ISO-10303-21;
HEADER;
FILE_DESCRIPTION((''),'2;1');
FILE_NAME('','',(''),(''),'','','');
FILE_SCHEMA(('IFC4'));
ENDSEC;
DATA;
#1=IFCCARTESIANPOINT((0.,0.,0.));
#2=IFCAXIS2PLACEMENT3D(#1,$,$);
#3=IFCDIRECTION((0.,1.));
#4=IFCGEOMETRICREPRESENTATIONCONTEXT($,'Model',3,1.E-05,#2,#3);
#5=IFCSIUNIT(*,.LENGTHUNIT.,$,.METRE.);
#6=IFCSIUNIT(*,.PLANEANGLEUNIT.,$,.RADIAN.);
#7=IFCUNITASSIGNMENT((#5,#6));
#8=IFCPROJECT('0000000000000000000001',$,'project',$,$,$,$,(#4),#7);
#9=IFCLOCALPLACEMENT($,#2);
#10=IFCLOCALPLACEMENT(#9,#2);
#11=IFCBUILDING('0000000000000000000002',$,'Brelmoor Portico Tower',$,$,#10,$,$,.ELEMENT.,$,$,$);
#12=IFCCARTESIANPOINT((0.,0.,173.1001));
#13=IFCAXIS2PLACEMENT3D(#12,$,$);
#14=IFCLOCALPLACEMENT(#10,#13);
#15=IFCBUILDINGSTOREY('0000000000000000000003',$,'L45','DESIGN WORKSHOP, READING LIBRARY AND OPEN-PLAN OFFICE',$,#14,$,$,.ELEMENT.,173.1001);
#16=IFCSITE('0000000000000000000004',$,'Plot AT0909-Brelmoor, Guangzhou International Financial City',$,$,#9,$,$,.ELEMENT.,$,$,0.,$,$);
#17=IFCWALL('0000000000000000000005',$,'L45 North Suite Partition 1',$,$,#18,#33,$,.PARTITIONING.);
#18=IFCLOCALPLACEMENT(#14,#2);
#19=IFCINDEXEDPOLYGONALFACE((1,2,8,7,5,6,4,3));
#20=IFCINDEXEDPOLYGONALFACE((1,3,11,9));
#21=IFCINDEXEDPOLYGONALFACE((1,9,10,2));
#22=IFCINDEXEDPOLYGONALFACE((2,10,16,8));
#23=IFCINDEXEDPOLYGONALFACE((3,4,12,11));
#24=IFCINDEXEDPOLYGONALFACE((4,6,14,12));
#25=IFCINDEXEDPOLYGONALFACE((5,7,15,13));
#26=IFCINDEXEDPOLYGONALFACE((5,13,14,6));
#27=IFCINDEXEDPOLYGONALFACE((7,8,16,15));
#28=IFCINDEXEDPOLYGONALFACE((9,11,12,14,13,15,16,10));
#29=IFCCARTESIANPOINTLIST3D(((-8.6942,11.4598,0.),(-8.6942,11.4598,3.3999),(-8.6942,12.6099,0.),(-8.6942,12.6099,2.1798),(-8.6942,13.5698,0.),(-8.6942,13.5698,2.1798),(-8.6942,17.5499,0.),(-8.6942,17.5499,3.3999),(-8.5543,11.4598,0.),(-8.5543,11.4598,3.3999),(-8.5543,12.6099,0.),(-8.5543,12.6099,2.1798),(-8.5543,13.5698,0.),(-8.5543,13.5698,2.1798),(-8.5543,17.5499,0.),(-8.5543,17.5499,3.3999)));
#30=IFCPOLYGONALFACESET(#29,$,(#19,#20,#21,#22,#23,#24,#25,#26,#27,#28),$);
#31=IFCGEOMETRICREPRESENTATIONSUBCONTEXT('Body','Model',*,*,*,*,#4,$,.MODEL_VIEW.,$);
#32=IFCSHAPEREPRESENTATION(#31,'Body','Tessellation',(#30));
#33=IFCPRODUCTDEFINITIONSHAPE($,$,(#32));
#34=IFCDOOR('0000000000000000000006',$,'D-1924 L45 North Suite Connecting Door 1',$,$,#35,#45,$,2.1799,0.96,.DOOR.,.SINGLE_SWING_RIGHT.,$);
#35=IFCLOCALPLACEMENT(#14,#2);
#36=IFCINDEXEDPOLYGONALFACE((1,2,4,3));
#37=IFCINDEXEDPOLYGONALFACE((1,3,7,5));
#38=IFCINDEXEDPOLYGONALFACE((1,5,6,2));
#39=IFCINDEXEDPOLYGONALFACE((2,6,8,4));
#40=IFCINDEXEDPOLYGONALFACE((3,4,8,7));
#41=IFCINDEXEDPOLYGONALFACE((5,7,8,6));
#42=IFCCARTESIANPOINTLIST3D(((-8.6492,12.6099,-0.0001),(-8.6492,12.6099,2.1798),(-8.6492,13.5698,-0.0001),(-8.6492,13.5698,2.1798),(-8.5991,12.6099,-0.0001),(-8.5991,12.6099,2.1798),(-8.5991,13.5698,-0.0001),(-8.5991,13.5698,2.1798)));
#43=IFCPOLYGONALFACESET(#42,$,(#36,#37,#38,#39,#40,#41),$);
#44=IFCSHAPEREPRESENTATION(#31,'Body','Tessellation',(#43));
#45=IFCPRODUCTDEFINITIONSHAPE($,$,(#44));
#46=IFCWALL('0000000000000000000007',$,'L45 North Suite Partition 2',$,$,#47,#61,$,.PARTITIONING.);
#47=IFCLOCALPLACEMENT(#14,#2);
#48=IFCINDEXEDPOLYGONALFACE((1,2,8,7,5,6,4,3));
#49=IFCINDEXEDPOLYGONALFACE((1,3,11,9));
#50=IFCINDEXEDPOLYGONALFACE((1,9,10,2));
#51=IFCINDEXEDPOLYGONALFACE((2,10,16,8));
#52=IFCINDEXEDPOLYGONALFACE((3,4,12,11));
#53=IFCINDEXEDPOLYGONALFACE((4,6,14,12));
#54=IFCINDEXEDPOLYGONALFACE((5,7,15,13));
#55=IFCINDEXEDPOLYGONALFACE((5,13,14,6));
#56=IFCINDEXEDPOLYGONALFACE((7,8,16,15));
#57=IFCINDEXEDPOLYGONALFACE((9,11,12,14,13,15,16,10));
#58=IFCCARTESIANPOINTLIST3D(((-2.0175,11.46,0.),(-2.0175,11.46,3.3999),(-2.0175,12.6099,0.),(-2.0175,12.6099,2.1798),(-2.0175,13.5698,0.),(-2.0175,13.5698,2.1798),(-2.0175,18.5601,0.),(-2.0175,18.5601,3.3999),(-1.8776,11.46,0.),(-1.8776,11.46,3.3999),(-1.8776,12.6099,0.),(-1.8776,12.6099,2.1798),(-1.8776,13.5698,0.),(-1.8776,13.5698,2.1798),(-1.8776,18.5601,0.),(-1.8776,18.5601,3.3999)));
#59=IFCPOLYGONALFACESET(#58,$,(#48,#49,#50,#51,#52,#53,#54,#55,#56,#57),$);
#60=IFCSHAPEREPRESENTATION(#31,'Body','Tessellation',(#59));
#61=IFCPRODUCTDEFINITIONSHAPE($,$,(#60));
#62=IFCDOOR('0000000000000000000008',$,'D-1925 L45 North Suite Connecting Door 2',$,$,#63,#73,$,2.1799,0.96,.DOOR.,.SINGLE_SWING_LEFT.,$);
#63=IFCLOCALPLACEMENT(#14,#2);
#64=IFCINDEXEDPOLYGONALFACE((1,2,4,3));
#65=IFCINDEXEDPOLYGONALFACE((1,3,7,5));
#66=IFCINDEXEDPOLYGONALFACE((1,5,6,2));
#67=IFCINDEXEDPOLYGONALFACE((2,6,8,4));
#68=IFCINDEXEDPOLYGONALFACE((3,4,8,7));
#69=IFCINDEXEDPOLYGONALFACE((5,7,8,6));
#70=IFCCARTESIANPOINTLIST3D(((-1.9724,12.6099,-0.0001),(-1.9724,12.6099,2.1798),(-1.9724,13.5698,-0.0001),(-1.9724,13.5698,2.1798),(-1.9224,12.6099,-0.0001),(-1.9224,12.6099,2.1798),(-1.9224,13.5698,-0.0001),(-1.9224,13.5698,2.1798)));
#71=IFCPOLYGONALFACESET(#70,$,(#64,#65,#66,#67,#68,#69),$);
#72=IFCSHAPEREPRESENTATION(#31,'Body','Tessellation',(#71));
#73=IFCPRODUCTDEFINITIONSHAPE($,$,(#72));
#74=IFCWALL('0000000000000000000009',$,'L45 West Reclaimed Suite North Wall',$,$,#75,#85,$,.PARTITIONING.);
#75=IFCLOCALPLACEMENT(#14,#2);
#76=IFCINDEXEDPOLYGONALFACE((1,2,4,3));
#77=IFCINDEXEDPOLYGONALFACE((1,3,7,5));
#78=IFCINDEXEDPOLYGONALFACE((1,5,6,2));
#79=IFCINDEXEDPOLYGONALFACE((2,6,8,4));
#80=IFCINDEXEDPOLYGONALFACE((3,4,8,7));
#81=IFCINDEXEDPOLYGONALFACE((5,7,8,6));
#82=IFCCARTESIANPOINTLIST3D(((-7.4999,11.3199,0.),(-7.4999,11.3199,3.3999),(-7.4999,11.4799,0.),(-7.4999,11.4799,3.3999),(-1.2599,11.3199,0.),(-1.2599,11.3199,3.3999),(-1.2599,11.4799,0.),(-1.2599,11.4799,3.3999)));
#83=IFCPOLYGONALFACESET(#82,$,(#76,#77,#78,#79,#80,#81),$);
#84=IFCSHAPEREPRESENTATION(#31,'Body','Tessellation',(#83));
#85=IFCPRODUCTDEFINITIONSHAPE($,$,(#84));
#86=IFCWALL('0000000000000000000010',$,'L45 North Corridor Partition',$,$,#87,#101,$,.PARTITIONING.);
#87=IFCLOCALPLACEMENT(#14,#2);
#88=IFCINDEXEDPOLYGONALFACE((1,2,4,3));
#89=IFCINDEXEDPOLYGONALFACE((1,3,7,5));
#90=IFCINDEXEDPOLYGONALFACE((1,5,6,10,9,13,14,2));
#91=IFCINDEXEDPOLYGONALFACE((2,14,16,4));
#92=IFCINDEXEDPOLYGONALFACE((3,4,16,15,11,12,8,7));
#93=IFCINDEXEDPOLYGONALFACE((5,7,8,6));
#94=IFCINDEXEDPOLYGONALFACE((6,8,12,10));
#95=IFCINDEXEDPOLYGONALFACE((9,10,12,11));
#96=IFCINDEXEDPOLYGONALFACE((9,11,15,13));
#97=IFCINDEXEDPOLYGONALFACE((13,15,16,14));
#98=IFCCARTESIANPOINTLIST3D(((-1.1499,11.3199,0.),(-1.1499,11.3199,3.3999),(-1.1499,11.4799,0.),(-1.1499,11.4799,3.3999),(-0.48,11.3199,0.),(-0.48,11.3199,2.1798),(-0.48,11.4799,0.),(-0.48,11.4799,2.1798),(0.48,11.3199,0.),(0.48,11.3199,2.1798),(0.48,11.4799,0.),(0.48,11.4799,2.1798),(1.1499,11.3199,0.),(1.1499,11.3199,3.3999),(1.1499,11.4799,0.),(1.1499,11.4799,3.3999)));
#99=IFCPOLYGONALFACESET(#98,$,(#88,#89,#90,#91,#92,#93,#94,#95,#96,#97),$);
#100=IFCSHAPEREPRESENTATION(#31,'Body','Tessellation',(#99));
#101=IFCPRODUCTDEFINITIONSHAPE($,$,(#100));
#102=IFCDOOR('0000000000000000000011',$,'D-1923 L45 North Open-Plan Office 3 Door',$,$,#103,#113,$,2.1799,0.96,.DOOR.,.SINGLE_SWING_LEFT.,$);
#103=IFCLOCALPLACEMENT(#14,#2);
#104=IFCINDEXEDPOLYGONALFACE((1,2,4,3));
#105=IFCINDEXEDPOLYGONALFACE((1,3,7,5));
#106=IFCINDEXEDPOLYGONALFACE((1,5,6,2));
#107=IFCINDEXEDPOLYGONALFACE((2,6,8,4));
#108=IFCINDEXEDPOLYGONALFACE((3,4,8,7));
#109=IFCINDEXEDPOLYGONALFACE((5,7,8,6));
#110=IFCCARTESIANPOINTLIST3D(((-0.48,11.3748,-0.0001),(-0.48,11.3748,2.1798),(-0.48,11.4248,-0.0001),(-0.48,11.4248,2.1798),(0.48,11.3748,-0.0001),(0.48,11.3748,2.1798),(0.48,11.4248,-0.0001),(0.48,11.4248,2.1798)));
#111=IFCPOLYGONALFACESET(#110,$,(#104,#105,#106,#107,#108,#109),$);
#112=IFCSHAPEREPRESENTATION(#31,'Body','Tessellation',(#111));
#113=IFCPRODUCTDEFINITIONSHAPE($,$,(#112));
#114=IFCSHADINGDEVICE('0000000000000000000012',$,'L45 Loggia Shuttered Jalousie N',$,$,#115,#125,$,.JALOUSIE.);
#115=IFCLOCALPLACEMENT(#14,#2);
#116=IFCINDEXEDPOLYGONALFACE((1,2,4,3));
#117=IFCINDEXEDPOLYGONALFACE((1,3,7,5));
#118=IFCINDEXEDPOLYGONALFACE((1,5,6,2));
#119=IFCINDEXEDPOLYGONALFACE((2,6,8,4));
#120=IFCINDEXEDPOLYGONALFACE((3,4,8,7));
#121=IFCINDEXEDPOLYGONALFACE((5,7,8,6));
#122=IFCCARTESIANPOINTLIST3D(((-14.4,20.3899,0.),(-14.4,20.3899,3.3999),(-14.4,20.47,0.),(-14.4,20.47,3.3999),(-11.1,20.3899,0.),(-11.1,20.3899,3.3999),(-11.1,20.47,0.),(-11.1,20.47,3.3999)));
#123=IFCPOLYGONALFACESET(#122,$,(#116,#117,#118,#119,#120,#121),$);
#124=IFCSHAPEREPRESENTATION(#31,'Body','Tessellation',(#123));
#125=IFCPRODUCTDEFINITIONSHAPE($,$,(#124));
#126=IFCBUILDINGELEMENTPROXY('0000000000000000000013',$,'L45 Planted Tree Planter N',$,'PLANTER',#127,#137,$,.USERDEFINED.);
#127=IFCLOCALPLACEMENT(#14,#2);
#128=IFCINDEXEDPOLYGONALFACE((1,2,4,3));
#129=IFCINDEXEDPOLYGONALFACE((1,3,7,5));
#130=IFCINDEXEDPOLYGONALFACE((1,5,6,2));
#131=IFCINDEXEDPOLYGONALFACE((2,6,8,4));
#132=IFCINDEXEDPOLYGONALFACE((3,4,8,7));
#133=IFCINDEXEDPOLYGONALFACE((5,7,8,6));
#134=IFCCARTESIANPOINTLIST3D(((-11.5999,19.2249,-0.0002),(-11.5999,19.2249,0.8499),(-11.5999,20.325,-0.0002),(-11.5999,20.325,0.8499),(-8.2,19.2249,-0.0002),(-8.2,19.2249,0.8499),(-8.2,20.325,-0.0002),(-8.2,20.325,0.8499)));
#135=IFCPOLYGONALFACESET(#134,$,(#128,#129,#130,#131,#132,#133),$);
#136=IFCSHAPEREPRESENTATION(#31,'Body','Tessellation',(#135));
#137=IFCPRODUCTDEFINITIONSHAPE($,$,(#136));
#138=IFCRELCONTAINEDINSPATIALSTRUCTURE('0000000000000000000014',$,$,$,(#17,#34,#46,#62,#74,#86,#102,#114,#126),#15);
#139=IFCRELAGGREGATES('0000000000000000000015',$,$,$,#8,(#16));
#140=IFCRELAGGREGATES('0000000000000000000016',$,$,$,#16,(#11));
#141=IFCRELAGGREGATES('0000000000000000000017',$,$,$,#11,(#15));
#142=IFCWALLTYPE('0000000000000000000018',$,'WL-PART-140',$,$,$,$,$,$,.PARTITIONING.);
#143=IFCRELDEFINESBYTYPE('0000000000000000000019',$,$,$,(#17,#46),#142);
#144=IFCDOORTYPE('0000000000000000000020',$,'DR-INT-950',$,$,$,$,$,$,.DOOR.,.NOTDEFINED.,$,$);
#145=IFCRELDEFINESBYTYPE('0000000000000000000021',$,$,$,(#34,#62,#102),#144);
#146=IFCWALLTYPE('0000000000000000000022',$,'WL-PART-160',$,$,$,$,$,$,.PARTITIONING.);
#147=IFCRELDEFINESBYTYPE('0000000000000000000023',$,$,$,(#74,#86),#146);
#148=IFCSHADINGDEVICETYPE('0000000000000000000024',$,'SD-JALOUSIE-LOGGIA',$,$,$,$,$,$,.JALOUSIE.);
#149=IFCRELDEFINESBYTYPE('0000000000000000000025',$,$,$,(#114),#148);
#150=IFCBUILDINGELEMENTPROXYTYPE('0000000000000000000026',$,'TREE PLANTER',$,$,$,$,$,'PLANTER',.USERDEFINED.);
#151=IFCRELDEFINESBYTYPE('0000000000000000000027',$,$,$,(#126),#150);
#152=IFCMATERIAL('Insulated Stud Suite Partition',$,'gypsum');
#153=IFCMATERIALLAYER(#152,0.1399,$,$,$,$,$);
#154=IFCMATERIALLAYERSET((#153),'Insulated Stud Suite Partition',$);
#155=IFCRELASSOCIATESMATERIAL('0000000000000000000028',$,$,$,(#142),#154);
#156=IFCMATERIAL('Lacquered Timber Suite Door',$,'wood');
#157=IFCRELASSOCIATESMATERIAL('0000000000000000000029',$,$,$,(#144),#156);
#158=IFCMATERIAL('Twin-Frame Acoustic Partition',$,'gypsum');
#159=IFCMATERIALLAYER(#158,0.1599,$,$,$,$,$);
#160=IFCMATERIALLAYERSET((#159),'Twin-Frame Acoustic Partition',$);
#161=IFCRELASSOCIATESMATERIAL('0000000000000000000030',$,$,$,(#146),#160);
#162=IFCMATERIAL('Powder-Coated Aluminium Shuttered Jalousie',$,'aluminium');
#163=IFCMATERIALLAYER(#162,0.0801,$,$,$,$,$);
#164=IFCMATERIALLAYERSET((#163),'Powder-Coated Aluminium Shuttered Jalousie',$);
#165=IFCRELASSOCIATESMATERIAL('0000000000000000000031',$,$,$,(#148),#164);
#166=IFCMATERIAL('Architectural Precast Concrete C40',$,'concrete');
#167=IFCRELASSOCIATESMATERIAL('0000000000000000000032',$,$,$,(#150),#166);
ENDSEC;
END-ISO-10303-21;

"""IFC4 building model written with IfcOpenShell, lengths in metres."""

from ifc_helpers import new_model, si_unit, direction, frame, frame_2d, origin, origin_2d, place, context, subcontext, project, spatial, rectangle, extrude, material, layer, layer_set, type_object, element, fill, save


model = new_model("IFC4")

# Units and contexts
model_context = context("Model", 3, precision=1e-05, world=origin(), true_north=direction((0.0, 1.0)))
body_context = subcontext(model_context, "Body", "Model", "MODEL_VIEW")
ifc_project = project(units=[si_unit("LENGTHUNIT", "METRE"), si_unit("PLANEANGLEUNIT", "RADIAN")], contexts=[model_context])

# Site, building, storey
site_placement = place(None, origin())
site = spatial("IfcSite", under=ifc_project, at=site_placement, Name="Plot AT0909-Brelmoor, Guangzhou International Financial City", CompositionType="ELEMENT", RefElevation=0.0)
building_placement = place(site_placement, origin())
building = spatial("IfcBuilding", under=site, at=building_placement, Name="Brelmoor Portico Tower", CompositionType="ELEMENT")
storey_placement = place(building_placement, frame((0.0, 0.0, 173.1001)))
storey = spatial("IfcBuildingStorey", under=building, at=storey_placement, Name="L45", Description="DESIGN WORKSHOP, READING LIBRARY AND OPEN-PLAN OFFICE", CompositionType="ELEMENT", Elevation=173.1001)

# Walls, openings, doors
ifc_material_1 = material(Name="Insulated Stud Suite Partition", Category="gypsum")
ifc_layer_1 = layer(ifc_material_1, 0.1399)
ifc_layer_set_1 = layer_set([ifc_layer_1], Name="Insulated Stud Suite Partition")
wall_type_1 = type_object("IfcWallType", Name="WL-PART-140", PredefinedType="PARTITIONING", material=ifc_layer_set_1)
wall_1_placement = place(storey_placement, frame((-8.6243, 11.46, 0.0), z_axis=(0.0, 0.0, 1.0), x_axis=(0.0, 1.0, 0.0)))
wall_1 = element("IfcWall", 1, at=wall_1_placement, inside=storey, type_object=wall_type_1, Name="L45 North Suite Partition 1", PredefinedType="PARTITIONING", context=body_context, shape_type="SweptSolid", body=[
    extrude(rectangle(XDim=6.0901, YDim=0.1399, at=frame_2d((3.0449, 0.0))), origin(), (0.0, 0.0, 1.0), 3.3999),
])
opening_1_placement = place(wall_1_placement, frame((1.1499, 0.0, 0.0)))
opening_1 = element("IfcOpeningElement", 2, at=opening_1_placement, cuts=wall_1, PredefinedType="OPENING", context=body_context, shape_type="SweptSolid", body=[
    extrude(rectangle(XDim=0.96, YDim=2.1799, at=frame_2d((0.48, 1.0898))), frame((0.0, 0.0798, 0.0), z_axis=(0.0, -1.0, 0.0), x_axis=(1.0, 0.0, 0.0)), (0.0, 0.0, 1.0), 0.1599),
])
ifc_material_2 = material(Name="Lacquered Timber Suite Door", Category="wood")
door_type_1 = type_object("IfcDoorType", Name="DR-INT-950", OperationType="NOTDEFINED", PredefinedType="DOOR", material=ifc_material_2)
door_1_placement = place(opening_1_placement, origin())
door_1 = element("IfcDoor", 3, at=door_1_placement, inside=storey, type_object=door_type_1, Name="D-1924 L45 North Suite Connecting Door 1", OperationType="SINGLE_SWING_RIGHT", OverallHeight=2.1799, OverallWidth=0.96, PredefinedType="DOOR", context=body_context, shape_type="SweptSolid", body=[
    extrude(rectangle(XDim=0.96, YDim=2.1799, at=frame_2d((0.48, 1.0898))), frame((0.0, 0.0249, 0.0), z_axis=(0.0, -1.0, 0.0), x_axis=(1.0, 0.0, 0.0)), (0.0, 0.0, 1.0), 0.05),
])
fill(opening_1, door_1)
wall_2_placement = place(storey_placement, frame((-1.9475, 11.46, 0.0), z_axis=(0.0, 0.0, 1.0), x_axis=(0.0, 1.0, 0.0)))
wall_2 = element("IfcWall", 4, at=wall_2_placement, inside=storey, type_object=wall_type_1, Name="L45 North Suite Partition 2", PredefinedType="PARTITIONING", context=body_context, shape_type="SweptSolid", body=[
    extrude(rectangle(XDim=7.1001, YDim=0.1399, at=frame_2d((3.55, 0.0))), origin(), (0.0, 0.0, 1.0), 3.3999),
])
opening_2_placement = place(wall_2_placement, frame((1.1499, 0.0, 0.0)))
opening_2 = element("IfcOpeningElement", 5, at=opening_2_placement, cuts=wall_2, PredefinedType="OPENING", context=body_context, shape_type="SweptSolid", body=[
    extrude(rectangle(XDim=0.96, YDim=2.1799, at=frame_2d((0.48, 1.0898))), frame((0.0, 0.0798, 0.0), z_axis=(0.0, -1.0, 0.0), x_axis=(1.0, 0.0, 0.0)), (0.0, 0.0, 1.0), 0.1599),
])
door_2_placement = place(opening_2_placement, origin())
door_2 = element("IfcDoor", 6, at=door_2_placement, inside=storey, type_object=door_type_1, Name="D-1925 L45 North Suite Connecting Door 2", OperationType="SINGLE_SWING_LEFT", OverallHeight=2.1799, OverallWidth=0.96, PredefinedType="DOOR", context=body_context, shape_type="SweptSolid", body=[
    extrude(rectangle(XDim=0.96, YDim=2.1799, at=frame_2d((0.48, 1.0898))), frame((0.0, 0.0249, 0.0), z_axis=(0.0, -1.0, 0.0), x_axis=(1.0, 0.0, 0.0)), (0.0, 0.0, 1.0), 0.05),
])
fill(opening_2, door_2)

# Wall
ifc_material_3 = material(Name="Twin-Frame Acoustic Partition", Category="gypsum")
ifc_layer_2 = layer(ifc_material_3, 0.1599)
ifc_layer_set_2 = layer_set([ifc_layer_2], Name="Twin-Frame Acoustic Partition")
wall_type_2 = type_object("IfcWallType", Name="WL-PART-160", PredefinedType="PARTITIONING", material=ifc_layer_set_2)
wall_3_placement = place(storey_placement, frame((-7.5, 11.3999, 0.0), z_axis=(0.0, 0.0, 1.0), x_axis=(1.0, 0.0, 0.0)))
element("IfcWall", 7, at=wall_3_placement, inside=storey, type_object=wall_type_2, Name="L45 West Reclaimed Suite North Wall", PredefinedType="PARTITIONING", context=body_context, shape_type="SweptSolid", body=[
    extrude(rectangle(XDim=6.24, YDim=0.1599, at=frame_2d((3.1201, 0.0))), origin(), (0.0, 0.0, 1.0), 3.3999),
])

# Wall, opening, door
wall_4_placement = place(storey_placement, frame((-1.1499, 11.3999, 0.0), z_axis=(0.0, 0.0, 1.0), x_axis=(1.0, 0.0, 0.0)))
wall_4 = element("IfcWall", 8, at=wall_4_placement, inside=storey, type_object=wall_type_2, Name="L45 North Corridor Partition", PredefinedType="PARTITIONING", context=body_context, shape_type="SweptSolid", body=[
    extrude(rectangle(XDim=2.2998, YDim=0.1599, at=frame_2d((1.1499, 0.0))), origin(), (0.0, 0.0, 1.0), 3.3999),
])
opening_3_placement = place(wall_4_placement, frame((0.6699, 0.0, 0.0)))
opening_3 = element("IfcOpeningElement", 9, at=opening_3_placement, cuts=wall_4, PredefinedType="OPENING", context=body_context, shape_type="SweptSolid", body=[
    extrude(rectangle(XDim=0.96, YDim=2.1799, at=frame_2d((0.48, 1.0898))), frame((0.0, 0.0898, 0.0), z_axis=(0.0, -1.0, 0.0), x_axis=(1.0, 0.0, 0.0)), (0.0, 0.0, 1.0), 0.1799),
])
door_3_placement = place(opening_3_placement, origin())
door_3 = element("IfcDoor", 10, at=door_3_placement, inside=storey, type_object=door_type_1, Name="D-1923 L45 North Open-Plan Office 3 Door", OperationType="SINGLE_SWING_LEFT", OverallHeight=2.1799, OverallWidth=0.96, PredefinedType="DOOR", context=body_context, shape_type="SweptSolid", body=[
    extrude(rectangle(XDim=0.96, YDim=2.1799, at=frame_2d((0.48, 1.0898))), frame((0.0, 0.0249, 0.0), z_axis=(0.0, -1.0, 0.0), x_axis=(1.0, 0.0, 0.0)), (0.0, 0.0, 1.0), 0.05),
])
fill(opening_3, door_3)

# Shading device
ifc_material_4 = material(Name="Powder-Coated Aluminium Shuttered Jalousie", Category="aluminium")
ifc_layer_3 = layer(ifc_material_4, 0.0801)
ifc_layer_set_3 = layer_set([ifc_layer_3], Name="Powder-Coated Aluminium Shuttered Jalousie")
shading_device_type = type_object("IfcShadingDeviceType", Name="SD-JALOUSIE-LOGGIA", PredefinedType="JALOUSIE", material=ifc_layer_set_3)
shading_device_placement = place(storey_placement, frame((-12.75, 20.4299, 0.0), z_axis=(0.0, 0.0, 1.0), x_axis=(1.0, 0.0, 0.0)))
element("IfcShadingDevice", 11, at=shading_device_placement, inside=storey, type_object=shading_device_type, Name="L45 Loggia Shuttered Jalousie N", PredefinedType="JALOUSIE", context=body_context, shape_type="SweptSolid", body=[
    extrude(rectangle(XDim=3.3, YDim=0.0801, at=origin_2d()), origin(), (0.0, 0.0, 1.0), 3.3999),
])

# Building element proxy
ifc_material_5 = material(Name="Architectural Precast Concrete C40", Category="concrete")
building_element_proxy_type = type_object("IfcBuildingElementProxyType", Name="TREE PLANTER", ElementType="PLANTER", PredefinedType="USERDEFINED", material=ifc_material_5)
proxy_placement = place(storey_placement, frame((-9.8999, 19.7749, -0.0002), z_axis=(0.0, 0.0, 1.0), x_axis=(1.0, 0.0, 0.0)))
element("IfcBuildingElementProxy", 12, at=proxy_placement, inside=storey, type_object=building_element_proxy_type, Name="L45 Planted Tree Planter N", ObjectType="PLANTER", PredefinedType="USERDEFINED", context=body_context, shape_type="SweptSolid", body=[
    extrude(rectangle(XDim=3.3999, YDim=1.1001, at=origin_2d()), origin(), (0.0, 0.0, 1.0), 0.8501),
])

save(model, "model.ifc")
